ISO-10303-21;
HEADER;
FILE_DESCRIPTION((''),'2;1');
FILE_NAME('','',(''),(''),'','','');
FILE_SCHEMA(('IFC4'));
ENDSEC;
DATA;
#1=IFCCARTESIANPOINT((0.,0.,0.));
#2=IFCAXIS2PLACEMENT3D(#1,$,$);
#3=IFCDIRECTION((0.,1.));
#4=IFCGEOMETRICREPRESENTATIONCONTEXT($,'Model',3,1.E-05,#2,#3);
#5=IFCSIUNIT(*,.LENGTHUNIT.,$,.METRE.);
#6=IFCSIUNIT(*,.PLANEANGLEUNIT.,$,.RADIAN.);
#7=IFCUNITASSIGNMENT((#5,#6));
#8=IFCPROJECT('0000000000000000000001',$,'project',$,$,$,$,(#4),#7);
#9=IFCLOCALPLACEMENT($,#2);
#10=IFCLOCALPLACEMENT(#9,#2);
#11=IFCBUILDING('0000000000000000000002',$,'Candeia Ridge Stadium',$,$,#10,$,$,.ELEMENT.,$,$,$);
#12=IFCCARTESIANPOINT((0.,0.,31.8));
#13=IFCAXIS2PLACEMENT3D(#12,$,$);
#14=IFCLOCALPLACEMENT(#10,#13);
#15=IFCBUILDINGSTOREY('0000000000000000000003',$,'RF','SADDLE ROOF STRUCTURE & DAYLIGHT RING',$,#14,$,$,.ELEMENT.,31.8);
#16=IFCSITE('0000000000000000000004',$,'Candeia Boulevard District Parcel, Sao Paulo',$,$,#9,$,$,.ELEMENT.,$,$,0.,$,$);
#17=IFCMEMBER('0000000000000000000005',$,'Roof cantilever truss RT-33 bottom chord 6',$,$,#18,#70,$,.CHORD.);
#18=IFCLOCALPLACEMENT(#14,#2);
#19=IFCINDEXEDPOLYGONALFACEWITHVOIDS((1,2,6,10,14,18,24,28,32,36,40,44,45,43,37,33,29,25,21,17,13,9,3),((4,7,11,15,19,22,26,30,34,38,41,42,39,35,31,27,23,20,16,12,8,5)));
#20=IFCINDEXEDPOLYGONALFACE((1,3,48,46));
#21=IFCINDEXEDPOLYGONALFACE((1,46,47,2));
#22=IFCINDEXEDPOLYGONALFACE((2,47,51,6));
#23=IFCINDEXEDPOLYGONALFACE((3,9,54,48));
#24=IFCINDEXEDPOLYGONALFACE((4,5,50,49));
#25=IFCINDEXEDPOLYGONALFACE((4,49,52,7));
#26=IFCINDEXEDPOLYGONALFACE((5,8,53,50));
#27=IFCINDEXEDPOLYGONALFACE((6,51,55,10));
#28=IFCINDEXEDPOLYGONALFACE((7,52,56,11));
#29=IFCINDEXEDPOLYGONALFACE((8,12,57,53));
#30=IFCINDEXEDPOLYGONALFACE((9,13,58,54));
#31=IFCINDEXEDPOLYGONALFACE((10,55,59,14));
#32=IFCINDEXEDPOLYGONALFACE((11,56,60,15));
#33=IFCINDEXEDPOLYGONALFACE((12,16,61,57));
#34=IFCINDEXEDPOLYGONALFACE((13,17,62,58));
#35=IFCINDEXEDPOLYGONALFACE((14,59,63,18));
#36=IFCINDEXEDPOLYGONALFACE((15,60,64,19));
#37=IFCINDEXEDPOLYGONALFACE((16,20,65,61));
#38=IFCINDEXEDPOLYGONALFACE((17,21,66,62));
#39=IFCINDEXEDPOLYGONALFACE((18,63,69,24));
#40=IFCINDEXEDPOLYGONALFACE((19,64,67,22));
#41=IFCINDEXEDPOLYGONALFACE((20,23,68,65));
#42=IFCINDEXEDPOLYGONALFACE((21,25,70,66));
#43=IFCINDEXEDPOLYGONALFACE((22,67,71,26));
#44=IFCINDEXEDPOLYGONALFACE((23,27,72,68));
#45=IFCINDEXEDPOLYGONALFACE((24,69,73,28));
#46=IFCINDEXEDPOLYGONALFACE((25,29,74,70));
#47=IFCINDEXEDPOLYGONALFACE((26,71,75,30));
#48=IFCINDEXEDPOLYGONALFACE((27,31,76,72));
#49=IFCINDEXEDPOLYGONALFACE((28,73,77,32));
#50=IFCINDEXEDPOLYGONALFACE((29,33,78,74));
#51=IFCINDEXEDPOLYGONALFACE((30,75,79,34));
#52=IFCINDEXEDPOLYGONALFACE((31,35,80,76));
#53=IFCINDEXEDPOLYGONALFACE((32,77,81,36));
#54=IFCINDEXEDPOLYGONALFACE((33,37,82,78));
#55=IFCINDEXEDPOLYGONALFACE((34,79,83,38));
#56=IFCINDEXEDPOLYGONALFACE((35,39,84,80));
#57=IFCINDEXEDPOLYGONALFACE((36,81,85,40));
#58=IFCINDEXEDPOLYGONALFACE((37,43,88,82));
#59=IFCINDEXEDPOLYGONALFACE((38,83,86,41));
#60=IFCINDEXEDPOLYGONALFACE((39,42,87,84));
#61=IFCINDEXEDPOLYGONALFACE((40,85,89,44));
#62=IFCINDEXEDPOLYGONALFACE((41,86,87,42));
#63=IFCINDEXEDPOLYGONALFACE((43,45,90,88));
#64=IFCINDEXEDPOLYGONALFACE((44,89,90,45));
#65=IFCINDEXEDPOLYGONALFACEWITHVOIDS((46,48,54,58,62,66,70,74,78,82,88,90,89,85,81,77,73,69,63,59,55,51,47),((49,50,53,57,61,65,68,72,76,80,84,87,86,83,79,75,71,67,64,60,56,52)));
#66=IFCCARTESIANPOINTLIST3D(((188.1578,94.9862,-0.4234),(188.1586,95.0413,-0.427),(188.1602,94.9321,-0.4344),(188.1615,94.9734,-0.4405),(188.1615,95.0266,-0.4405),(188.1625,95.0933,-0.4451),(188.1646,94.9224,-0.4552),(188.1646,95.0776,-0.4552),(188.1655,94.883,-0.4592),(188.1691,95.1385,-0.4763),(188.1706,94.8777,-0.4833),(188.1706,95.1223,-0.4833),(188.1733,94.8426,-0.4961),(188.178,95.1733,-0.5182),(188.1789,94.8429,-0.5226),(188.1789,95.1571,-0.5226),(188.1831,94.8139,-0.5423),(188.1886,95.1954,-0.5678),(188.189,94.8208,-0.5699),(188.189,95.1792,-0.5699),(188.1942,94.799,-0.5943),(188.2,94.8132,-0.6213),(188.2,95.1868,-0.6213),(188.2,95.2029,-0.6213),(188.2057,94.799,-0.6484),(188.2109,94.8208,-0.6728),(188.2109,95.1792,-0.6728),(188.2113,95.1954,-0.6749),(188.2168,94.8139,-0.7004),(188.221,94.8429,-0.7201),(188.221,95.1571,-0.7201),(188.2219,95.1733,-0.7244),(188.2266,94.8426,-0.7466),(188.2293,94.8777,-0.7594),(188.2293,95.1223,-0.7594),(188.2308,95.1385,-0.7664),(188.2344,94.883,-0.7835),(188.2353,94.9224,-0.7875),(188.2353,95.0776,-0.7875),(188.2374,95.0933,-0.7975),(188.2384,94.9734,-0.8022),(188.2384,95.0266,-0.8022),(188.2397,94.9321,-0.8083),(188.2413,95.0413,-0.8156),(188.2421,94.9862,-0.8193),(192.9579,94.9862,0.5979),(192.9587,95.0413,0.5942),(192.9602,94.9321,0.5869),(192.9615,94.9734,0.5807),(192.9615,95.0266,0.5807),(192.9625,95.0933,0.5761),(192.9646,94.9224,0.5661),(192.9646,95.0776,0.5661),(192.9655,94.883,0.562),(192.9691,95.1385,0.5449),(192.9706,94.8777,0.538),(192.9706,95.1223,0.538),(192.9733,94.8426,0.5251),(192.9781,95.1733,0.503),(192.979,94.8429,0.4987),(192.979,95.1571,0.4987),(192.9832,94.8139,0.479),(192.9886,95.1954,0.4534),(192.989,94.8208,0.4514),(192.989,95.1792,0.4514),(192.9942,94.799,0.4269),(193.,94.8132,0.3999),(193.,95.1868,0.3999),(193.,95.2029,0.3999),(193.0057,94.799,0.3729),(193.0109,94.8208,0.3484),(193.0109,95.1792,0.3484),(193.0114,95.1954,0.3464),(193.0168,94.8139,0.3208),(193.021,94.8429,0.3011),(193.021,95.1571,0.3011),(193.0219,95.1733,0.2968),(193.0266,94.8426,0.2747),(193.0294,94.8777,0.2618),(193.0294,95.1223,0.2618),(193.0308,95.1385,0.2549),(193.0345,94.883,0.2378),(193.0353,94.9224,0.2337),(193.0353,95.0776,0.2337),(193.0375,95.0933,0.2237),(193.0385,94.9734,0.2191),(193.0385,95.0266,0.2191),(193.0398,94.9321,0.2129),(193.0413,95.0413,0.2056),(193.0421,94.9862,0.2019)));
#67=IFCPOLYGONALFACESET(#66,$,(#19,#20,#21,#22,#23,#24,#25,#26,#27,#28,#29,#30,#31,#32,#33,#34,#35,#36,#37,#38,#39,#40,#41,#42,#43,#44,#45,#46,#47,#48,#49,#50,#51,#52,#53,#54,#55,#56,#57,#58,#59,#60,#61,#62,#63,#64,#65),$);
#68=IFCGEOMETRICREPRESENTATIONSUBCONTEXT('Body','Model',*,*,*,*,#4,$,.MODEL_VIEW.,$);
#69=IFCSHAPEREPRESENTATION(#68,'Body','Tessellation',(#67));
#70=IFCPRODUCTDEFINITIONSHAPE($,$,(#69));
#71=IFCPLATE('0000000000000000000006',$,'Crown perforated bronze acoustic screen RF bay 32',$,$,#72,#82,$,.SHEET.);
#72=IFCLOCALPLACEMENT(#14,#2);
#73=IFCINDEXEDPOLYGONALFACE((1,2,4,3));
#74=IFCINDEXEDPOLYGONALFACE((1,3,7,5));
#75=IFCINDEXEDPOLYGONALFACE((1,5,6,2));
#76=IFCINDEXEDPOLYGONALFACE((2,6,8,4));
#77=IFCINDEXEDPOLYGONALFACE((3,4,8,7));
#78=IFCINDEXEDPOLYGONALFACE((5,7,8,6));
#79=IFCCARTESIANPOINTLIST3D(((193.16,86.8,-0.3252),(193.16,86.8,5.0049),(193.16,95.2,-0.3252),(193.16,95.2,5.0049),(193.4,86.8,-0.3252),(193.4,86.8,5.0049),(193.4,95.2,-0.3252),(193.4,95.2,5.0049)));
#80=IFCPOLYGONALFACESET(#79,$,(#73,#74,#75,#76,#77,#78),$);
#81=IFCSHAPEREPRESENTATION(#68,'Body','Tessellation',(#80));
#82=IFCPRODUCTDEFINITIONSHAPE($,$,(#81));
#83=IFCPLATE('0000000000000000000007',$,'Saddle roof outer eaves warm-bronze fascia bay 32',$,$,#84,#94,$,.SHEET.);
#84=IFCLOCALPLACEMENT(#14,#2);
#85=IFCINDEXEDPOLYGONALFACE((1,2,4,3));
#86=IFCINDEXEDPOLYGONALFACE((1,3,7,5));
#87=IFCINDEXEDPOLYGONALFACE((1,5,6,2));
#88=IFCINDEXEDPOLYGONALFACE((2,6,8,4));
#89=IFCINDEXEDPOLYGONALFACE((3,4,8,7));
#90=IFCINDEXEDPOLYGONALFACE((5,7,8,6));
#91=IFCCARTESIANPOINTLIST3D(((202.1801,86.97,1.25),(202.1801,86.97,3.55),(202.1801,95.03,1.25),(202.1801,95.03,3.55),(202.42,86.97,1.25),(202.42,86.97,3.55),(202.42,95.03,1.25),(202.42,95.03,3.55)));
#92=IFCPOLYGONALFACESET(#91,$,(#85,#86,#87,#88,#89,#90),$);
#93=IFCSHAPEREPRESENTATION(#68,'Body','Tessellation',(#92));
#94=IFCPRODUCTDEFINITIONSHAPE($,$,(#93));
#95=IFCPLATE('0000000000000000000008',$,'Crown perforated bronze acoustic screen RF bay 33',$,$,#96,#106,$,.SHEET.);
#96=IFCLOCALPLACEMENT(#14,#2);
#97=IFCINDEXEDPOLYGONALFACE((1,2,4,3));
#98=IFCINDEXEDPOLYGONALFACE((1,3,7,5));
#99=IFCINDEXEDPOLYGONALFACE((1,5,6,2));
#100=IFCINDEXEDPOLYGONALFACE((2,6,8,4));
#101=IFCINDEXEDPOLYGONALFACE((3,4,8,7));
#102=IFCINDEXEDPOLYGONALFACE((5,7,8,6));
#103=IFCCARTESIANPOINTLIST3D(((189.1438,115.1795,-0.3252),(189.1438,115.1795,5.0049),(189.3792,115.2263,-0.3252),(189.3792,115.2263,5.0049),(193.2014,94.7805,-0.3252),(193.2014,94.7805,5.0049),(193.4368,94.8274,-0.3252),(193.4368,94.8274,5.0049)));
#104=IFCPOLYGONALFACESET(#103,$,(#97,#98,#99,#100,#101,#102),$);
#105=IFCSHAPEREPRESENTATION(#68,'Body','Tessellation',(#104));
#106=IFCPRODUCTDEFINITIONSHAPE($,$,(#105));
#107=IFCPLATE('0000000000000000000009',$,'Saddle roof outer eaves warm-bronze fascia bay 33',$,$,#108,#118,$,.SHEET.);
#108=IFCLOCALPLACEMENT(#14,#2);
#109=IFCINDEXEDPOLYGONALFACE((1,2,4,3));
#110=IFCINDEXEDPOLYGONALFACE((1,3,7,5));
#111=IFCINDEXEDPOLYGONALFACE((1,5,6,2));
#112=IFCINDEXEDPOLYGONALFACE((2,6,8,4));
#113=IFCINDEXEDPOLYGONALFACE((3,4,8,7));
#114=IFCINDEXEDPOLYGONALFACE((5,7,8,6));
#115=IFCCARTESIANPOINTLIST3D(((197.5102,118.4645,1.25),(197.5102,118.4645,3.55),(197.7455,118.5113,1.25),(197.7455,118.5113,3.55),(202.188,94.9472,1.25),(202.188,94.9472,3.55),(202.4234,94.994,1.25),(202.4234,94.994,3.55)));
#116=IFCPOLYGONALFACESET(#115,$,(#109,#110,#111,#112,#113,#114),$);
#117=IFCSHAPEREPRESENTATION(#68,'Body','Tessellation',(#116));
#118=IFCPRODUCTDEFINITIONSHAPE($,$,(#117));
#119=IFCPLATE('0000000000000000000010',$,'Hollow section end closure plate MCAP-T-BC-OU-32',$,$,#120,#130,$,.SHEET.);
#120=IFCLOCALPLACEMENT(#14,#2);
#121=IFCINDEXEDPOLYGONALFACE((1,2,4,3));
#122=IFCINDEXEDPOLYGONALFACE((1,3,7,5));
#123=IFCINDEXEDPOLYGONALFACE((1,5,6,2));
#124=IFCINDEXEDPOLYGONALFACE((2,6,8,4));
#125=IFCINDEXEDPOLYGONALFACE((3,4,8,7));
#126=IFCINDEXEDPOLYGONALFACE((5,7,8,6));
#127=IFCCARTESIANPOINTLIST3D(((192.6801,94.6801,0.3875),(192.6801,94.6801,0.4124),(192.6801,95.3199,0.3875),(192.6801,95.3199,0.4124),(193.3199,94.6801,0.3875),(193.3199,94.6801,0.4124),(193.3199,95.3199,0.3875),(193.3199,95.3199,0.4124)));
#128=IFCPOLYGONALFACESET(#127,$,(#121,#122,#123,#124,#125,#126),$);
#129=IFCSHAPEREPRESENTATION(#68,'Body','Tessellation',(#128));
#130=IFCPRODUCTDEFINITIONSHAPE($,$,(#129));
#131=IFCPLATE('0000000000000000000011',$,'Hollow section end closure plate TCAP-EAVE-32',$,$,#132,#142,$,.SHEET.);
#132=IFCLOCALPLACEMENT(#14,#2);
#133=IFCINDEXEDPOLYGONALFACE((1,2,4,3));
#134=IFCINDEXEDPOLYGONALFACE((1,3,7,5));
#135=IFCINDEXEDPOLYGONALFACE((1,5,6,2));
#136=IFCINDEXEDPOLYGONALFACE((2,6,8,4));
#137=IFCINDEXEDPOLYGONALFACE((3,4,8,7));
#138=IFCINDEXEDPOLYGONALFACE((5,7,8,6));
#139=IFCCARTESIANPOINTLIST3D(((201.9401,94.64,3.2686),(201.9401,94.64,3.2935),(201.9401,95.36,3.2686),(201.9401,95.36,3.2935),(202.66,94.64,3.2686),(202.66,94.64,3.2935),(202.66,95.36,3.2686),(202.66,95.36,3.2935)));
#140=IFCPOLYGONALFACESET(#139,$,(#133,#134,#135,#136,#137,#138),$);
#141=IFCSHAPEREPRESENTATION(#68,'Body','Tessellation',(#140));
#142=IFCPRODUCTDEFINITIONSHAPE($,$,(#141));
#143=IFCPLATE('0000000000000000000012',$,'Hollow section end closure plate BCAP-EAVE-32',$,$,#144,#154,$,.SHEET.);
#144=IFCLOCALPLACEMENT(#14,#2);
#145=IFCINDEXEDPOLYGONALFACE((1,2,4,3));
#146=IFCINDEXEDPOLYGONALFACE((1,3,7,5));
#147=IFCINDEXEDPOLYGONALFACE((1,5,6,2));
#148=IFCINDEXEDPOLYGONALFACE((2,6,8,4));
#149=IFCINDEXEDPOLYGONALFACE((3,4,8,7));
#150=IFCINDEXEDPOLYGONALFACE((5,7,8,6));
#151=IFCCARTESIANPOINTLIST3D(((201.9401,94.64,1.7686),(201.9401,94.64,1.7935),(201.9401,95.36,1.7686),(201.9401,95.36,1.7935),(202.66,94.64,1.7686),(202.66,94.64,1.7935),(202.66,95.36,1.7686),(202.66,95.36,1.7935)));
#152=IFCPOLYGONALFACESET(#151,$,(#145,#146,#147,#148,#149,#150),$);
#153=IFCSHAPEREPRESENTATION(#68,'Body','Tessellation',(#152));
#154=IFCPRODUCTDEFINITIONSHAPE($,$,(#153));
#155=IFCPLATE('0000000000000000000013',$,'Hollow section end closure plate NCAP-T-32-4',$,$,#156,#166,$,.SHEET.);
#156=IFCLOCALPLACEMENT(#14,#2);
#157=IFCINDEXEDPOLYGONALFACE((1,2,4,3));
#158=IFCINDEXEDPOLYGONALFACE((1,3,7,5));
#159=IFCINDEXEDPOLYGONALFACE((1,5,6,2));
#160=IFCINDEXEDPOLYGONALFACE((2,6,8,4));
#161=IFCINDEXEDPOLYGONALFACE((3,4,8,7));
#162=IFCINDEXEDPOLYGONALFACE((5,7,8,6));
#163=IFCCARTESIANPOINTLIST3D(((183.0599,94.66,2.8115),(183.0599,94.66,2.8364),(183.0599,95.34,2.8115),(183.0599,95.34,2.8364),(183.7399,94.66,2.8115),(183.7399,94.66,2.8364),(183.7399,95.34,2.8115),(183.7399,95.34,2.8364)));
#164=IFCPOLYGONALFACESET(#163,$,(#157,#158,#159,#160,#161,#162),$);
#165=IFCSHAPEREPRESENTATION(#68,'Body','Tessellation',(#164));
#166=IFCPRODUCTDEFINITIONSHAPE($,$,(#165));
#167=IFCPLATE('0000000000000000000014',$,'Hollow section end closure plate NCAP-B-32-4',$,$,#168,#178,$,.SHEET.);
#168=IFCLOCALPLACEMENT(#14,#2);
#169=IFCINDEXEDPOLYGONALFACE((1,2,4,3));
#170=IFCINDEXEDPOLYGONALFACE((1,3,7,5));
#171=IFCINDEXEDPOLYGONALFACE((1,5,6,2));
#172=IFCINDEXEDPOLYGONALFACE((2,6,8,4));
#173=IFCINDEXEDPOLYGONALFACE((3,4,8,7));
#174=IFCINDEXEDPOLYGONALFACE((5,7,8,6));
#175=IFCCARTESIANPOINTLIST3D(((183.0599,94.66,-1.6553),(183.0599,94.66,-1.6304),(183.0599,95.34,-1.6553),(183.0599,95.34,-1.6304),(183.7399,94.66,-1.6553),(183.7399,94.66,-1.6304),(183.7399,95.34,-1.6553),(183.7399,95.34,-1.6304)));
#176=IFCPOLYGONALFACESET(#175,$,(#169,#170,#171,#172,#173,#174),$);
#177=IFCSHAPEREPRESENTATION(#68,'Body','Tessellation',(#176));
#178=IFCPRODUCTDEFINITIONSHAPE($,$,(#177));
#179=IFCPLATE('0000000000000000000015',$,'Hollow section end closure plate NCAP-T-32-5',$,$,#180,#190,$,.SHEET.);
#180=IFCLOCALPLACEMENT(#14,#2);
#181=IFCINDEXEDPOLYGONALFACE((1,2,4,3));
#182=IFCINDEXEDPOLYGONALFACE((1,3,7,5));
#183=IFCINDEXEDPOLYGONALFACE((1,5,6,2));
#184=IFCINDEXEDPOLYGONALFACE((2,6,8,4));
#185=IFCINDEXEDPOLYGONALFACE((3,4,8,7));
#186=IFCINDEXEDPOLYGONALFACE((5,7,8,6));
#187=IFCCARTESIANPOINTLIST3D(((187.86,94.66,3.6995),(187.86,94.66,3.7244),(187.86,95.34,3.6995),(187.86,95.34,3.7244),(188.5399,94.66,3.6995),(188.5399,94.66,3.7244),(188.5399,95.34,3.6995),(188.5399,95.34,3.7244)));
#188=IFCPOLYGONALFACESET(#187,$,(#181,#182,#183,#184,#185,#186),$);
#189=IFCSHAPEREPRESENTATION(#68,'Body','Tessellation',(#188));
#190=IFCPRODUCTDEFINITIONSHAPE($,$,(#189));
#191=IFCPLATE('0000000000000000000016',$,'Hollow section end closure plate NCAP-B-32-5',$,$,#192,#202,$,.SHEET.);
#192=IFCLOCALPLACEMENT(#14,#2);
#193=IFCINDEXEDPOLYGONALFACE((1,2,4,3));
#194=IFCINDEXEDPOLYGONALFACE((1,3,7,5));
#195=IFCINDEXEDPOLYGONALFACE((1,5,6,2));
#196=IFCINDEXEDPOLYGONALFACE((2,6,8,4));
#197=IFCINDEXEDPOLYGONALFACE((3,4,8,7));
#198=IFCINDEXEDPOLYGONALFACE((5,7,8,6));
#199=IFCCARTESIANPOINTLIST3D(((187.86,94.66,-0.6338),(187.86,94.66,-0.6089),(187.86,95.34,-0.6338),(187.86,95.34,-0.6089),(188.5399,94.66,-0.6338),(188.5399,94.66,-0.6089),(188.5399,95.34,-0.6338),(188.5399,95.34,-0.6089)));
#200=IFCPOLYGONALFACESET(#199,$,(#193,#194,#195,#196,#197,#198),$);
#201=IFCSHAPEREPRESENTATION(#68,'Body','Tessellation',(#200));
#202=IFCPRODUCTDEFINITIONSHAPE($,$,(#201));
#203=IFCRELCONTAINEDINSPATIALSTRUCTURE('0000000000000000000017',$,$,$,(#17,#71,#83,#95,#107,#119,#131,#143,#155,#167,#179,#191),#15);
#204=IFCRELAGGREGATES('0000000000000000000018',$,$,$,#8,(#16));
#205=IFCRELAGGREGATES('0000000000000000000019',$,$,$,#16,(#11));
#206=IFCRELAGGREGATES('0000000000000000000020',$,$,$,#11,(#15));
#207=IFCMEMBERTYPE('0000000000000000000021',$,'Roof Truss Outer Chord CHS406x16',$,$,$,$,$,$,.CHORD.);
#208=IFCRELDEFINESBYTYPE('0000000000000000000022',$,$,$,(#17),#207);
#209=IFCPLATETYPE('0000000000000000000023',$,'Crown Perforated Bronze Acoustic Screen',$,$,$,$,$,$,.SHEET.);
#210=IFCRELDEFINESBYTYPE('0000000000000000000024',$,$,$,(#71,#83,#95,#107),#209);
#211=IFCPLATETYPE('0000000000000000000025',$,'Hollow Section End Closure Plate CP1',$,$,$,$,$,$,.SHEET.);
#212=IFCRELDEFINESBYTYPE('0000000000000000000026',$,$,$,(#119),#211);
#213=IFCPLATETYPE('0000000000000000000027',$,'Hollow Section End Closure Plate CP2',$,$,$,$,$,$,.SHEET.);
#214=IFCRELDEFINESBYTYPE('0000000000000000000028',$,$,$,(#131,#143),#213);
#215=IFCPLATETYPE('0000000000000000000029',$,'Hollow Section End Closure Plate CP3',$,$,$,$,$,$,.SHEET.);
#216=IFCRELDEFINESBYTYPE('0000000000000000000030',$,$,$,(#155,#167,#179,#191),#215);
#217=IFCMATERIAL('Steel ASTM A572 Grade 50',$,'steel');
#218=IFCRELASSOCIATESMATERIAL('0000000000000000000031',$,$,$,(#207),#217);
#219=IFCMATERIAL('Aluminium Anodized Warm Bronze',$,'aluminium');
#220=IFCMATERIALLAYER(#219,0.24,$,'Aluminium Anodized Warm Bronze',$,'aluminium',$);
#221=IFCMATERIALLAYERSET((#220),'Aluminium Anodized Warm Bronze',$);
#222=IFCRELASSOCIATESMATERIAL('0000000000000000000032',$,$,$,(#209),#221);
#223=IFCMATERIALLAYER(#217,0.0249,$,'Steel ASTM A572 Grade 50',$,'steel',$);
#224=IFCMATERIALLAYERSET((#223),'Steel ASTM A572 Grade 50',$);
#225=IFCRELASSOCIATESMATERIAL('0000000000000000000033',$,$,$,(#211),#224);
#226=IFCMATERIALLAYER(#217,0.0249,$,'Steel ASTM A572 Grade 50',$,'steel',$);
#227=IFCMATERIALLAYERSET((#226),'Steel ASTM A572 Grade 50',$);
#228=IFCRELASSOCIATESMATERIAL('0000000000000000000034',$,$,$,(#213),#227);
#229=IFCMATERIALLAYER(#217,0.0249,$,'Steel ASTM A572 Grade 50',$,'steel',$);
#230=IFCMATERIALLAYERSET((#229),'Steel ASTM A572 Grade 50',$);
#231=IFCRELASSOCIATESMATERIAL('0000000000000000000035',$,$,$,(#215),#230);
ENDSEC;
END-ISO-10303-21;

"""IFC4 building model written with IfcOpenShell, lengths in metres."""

from ifc_helpers import new_model, si_unit, direction, frame, origin, origin_2d, place, context, subcontext, project, spatial, rectangle, hollow_circle, extrude, material, layer, layer_set, material_profile, profile_set, type_object, element, save


model = new_model("IFC4")

# Units and contexts
model_context = context("Model", 3, precision=1e-05, world=origin(), true_north=direction((0.0, 1.0)))
body_context = subcontext(model_context, "Body", "Model", "MODEL_VIEW")
ifc_project = project(units=[si_unit("LENGTHUNIT", "METRE"), si_unit("PLANEANGLEUNIT", "RADIAN")], contexts=[model_context])

# Site, building, storey
site_placement = place(None, origin())
site = spatial("IfcSite", under=ifc_project, at=site_placement, Name="Candeia Boulevard District Parcel, Sao Paulo", CompositionType="ELEMENT", RefElevation=0.0)
building_placement = place(site_placement, origin())
building = spatial("IfcBuilding", under=site, at=building_placement, Name="Candeia Ridge Stadium", CompositionType="ELEMENT")
storey_placement = place(building_placement, frame((0.0, 0.0, 31.8)))
storey = spatial("IfcBuildingStorey", under=building, at=storey_placement, Name="RF", Description="SADDLE ROOF STRUCTURE & DAYLIGHT RING", CompositionType="ELEMENT", Elevation=31.8)

# Shared definitions
ifc_material_1 = material(Name="Steel ASTM A572 Grade 50", Category="steel")

# Member
ifc_material_profile_1 = material_profile(ifc_material_1, hollow_circle(Radius=0.2029, WallThickness=0.0161, at=origin_2d()), Name="CHS406x16", Category="steel")
ifc_profile_set_1 = profile_set([ifc_material_profile_1], Name="Steel ASTM A572 Grade 50")
member_type_1 = type_object("IfcMemberType", Name="Roof Truss Outer Chord CHS406x16", PredefinedType="CHORD", material=ifc_profile_set_1)
for number, where, z_axis, x_axis, name in (
    (1, (188.2, 95.0, -0.6213), (0.978108, 0.0, 0.208099), (0.0, 1.0, 0.0), "Roof cantilever truss RT-33 bottom chord 6"),
):
    element("IfcMember", number, at=place(storey_placement, frame(where, z_axis=z_axis, x_axis=x_axis)), inside=storey, type_object=member_type_1, Name=name, PredefinedType="CHORD", context=body_context, shape_type="SweptSolid", body=[
        extrude(hollow_circle(Radius=0.2029, WallThickness=0.0161, at=origin_2d()), origin(), (0.0, 0.0, 1.0), 4.9075),
    ])

# Plates
ifc_material_2 = material(Name="Aluminium Anodized Warm Bronze", Category="aluminium")
ifc_layer_1 = layer(ifc_material_2, 0.24, Name="Aluminium Anodized Warm Bronze", Category="aluminium")
ifc_layer_set_1 = layer_set([ifc_layer_1], Name="Aluminium Anodized Warm Bronze")
plate_type_1 = type_object("IfcPlateType", Name="Crown Perforated Bronze Acoustic Screen", PredefinedType="SHEET", material=ifc_layer_set_1)
plate_1_placement = place(storey_placement, frame((193.28, 91.0, -0.3252), z_axis=(0.0, 0.0, 1.0), x_axis=(0.0, 1.0, 0.0)))
element("IfcPlate", 2, at=plate_1_placement, inside=storey, type_object=plate_type_1, Name="Crown perforated bronze acoustic screen RF bay 32", PredefinedType="SHEET", context=body_context, shape_type="SweptSolid", body=[
    extrude(rectangle(XDim=8.3999, YDim=0.24, at=origin_2d()), origin(), (0.0, 0.0, 1.0), 5.3301),
])
plate_2_placement = place(storey_placement, frame((202.3, 91.0, 1.25), z_axis=(0.0, 0.0, 1.0), x_axis=(0.0, 1.0, 0.0)))
element("IfcPlate", 3, at=plate_2_placement, inside=storey, type_object=plate_type_1, Name="Saddle roof outer eaves warm-bronze fascia bay 32", PredefinedType="SHEET", context=body_context, shape_type="SweptSolid", body=[
    extrude(rectangle(XDim=8.0601, YDim=0.24, at=origin_2d()), origin(), (0.0, 0.0, 1.0), 2.3),
])
plate_3_placement = place(storey_placement, frame((191.2903, 105.0034, -0.3252), z_axis=(0.0, 0.0, 1.0), x_axis=(-0.19509, 0.980785, 0.0)))
element("IfcPlate", 4, at=plate_3_placement, inside=storey, type_object=plate_type_1, Name="Crown perforated bronze acoustic screen RF bay 33", PredefinedType="SHEET", context=body_context, shape_type="SweptSolid", body=[
    extrude(rectangle(XDim=20.7986, YDim=0.24, at=origin_2d()), origin(), (0.0, 0.0, 1.0), 5.3301),
])
plate_4_placement = place(storey_placement, frame((199.9668, 106.7292, 1.25), z_axis=(0.0, 0.0, 1.0), x_axis=(-0.19509, 0.980785, 0.0)))
element("IfcPlate", 5, at=plate_4_placement, inside=storey, type_object=plate_type_1, Name="Saddle roof outer eaves warm-bronze fascia bay 33", PredefinedType="SHEET", context=body_context, shape_type="SweptSolid", body=[
    extrude(rectangle(XDim=23.978, YDim=0.24, at=origin_2d()), origin(), (0.0, 0.0, 1.0), 2.3),
])
ifc_layer_2 = layer(ifc_material_1, 0.0249, Name="Steel ASTM A572 Grade 50", Category="steel")
ifc_layer_set_2 = layer_set([ifc_layer_2], Name="Steel ASTM A572 Grade 50")
plate_type_2 = type_object("IfcPlateType", Name="Hollow Section End Closure Plate CP1", PredefinedType="SHEET", material=ifc_layer_set_2)
plate_5_placement = place(storey_placement, frame((193.0, 95.0, 0.3875), z_axis=(0.0, 0.0, 1.0), x_axis=(1.0, 0.0, 0.0)))
element("IfcPlate", 6, at=plate_5_placement, inside=storey, type_object=plate_type_2, Name="Hollow section end closure plate MCAP-T-BC-OU-32", PredefinedType="SHEET", context=body_context, shape_type="SweptSolid", body=[
    extrude(rectangle(XDim=0.6399, YDim=0.6399, at=origin_2d()), origin(), (0.0, 0.0, 1.0), 0.0249),
])
ifc_layer_3 = layer(ifc_material_1, 0.0249, Name="Steel ASTM A572 Grade 50", Category="steel")
ifc_layer_set_3 = layer_set([ifc_layer_3], Name="Steel ASTM A572 Grade 50")
plate_type_3 = type_object("IfcPlateType", Name="Hollow Section End Closure Plate CP2", PredefinedType="SHEET", material=ifc_layer_set_3)
for number, where, z_axis, x_axis, name in (
    (7, (202.3, 95.0, 3.2686), (0.0, 0.0, 1.0), (1.0, 0.0, 0.0), "Hollow section end closure plate TCAP-EAVE-32"),
    (8, (202.3, 95.0, 1.7686), (0.0, 0.0, 1.0), (1.0, 0.0, 0.0), "Hollow section end closure plate BCAP-EAVE-32"),
):
    element("IfcPlate", number, at=place(storey_placement, frame(where, z_axis=z_axis, x_axis=x_axis)), inside=storey, type_object=plate_type_3, Name=name, PredefinedType="SHEET", context=body_context, shape_type="SweptSolid", body=[
        extrude(rectangle(XDim=0.72, YDim=0.72, at=origin_2d()), origin(), (0.0, 0.0, 1.0), 0.0249),
    ])
ifc_layer_4 = layer(ifc_material_1, 0.0249, Name="Steel ASTM A572 Grade 50", Category="steel")
ifc_layer_set_4 = layer_set([ifc_layer_4], Name="Steel ASTM A572 Grade 50")
plate_type_4 = type_object("IfcPlateType", Name="Hollow Section End Closure Plate CP3", PredefinedType="SHEET", material=ifc_layer_set_4)
for number, where, z_axis, x_axis, name in (
    (9, (183.3999, 95.0, 2.8115), (0.0, 0.0, 1.0), (1.0, 0.0, 0.0), "Hollow section end closure plate NCAP-T-32-4"),
    (10, (183.3999, 95.0, -1.6553), (0.0, 0.0, 1.0), (1.0, 0.0, 0.0), "Hollow section end closure plate NCAP-B-32-4"),
    (11, (188.2, 95.0, 3.6995), (0.0, 0.0, 1.0), (1.0, 0.0, 0.0), "Hollow section end closure plate NCAP-T-32-5"),
    (12, (188.2, 95.0, -0.6338), (0.0, 0.0, 1.0), (1.0, 0.0, 0.0), "Hollow section end closure plate NCAP-B-32-5"),
):
    element("IfcPlate", number, at=place(storey_placement, frame(where, z_axis=z_axis, x_axis=x_axis)), inside=storey, type_object=plate_type_4, Name=name, PredefinedType="SHEET", context=body_context, shape_type="SweptSolid", body=[
        extrude(rectangle(XDim=0.6799, YDim=0.6799, at=origin_2d()), origin(), (0.0, 0.0, 1.0), 0.0249),
    ])

save(model, "model.ifc")
